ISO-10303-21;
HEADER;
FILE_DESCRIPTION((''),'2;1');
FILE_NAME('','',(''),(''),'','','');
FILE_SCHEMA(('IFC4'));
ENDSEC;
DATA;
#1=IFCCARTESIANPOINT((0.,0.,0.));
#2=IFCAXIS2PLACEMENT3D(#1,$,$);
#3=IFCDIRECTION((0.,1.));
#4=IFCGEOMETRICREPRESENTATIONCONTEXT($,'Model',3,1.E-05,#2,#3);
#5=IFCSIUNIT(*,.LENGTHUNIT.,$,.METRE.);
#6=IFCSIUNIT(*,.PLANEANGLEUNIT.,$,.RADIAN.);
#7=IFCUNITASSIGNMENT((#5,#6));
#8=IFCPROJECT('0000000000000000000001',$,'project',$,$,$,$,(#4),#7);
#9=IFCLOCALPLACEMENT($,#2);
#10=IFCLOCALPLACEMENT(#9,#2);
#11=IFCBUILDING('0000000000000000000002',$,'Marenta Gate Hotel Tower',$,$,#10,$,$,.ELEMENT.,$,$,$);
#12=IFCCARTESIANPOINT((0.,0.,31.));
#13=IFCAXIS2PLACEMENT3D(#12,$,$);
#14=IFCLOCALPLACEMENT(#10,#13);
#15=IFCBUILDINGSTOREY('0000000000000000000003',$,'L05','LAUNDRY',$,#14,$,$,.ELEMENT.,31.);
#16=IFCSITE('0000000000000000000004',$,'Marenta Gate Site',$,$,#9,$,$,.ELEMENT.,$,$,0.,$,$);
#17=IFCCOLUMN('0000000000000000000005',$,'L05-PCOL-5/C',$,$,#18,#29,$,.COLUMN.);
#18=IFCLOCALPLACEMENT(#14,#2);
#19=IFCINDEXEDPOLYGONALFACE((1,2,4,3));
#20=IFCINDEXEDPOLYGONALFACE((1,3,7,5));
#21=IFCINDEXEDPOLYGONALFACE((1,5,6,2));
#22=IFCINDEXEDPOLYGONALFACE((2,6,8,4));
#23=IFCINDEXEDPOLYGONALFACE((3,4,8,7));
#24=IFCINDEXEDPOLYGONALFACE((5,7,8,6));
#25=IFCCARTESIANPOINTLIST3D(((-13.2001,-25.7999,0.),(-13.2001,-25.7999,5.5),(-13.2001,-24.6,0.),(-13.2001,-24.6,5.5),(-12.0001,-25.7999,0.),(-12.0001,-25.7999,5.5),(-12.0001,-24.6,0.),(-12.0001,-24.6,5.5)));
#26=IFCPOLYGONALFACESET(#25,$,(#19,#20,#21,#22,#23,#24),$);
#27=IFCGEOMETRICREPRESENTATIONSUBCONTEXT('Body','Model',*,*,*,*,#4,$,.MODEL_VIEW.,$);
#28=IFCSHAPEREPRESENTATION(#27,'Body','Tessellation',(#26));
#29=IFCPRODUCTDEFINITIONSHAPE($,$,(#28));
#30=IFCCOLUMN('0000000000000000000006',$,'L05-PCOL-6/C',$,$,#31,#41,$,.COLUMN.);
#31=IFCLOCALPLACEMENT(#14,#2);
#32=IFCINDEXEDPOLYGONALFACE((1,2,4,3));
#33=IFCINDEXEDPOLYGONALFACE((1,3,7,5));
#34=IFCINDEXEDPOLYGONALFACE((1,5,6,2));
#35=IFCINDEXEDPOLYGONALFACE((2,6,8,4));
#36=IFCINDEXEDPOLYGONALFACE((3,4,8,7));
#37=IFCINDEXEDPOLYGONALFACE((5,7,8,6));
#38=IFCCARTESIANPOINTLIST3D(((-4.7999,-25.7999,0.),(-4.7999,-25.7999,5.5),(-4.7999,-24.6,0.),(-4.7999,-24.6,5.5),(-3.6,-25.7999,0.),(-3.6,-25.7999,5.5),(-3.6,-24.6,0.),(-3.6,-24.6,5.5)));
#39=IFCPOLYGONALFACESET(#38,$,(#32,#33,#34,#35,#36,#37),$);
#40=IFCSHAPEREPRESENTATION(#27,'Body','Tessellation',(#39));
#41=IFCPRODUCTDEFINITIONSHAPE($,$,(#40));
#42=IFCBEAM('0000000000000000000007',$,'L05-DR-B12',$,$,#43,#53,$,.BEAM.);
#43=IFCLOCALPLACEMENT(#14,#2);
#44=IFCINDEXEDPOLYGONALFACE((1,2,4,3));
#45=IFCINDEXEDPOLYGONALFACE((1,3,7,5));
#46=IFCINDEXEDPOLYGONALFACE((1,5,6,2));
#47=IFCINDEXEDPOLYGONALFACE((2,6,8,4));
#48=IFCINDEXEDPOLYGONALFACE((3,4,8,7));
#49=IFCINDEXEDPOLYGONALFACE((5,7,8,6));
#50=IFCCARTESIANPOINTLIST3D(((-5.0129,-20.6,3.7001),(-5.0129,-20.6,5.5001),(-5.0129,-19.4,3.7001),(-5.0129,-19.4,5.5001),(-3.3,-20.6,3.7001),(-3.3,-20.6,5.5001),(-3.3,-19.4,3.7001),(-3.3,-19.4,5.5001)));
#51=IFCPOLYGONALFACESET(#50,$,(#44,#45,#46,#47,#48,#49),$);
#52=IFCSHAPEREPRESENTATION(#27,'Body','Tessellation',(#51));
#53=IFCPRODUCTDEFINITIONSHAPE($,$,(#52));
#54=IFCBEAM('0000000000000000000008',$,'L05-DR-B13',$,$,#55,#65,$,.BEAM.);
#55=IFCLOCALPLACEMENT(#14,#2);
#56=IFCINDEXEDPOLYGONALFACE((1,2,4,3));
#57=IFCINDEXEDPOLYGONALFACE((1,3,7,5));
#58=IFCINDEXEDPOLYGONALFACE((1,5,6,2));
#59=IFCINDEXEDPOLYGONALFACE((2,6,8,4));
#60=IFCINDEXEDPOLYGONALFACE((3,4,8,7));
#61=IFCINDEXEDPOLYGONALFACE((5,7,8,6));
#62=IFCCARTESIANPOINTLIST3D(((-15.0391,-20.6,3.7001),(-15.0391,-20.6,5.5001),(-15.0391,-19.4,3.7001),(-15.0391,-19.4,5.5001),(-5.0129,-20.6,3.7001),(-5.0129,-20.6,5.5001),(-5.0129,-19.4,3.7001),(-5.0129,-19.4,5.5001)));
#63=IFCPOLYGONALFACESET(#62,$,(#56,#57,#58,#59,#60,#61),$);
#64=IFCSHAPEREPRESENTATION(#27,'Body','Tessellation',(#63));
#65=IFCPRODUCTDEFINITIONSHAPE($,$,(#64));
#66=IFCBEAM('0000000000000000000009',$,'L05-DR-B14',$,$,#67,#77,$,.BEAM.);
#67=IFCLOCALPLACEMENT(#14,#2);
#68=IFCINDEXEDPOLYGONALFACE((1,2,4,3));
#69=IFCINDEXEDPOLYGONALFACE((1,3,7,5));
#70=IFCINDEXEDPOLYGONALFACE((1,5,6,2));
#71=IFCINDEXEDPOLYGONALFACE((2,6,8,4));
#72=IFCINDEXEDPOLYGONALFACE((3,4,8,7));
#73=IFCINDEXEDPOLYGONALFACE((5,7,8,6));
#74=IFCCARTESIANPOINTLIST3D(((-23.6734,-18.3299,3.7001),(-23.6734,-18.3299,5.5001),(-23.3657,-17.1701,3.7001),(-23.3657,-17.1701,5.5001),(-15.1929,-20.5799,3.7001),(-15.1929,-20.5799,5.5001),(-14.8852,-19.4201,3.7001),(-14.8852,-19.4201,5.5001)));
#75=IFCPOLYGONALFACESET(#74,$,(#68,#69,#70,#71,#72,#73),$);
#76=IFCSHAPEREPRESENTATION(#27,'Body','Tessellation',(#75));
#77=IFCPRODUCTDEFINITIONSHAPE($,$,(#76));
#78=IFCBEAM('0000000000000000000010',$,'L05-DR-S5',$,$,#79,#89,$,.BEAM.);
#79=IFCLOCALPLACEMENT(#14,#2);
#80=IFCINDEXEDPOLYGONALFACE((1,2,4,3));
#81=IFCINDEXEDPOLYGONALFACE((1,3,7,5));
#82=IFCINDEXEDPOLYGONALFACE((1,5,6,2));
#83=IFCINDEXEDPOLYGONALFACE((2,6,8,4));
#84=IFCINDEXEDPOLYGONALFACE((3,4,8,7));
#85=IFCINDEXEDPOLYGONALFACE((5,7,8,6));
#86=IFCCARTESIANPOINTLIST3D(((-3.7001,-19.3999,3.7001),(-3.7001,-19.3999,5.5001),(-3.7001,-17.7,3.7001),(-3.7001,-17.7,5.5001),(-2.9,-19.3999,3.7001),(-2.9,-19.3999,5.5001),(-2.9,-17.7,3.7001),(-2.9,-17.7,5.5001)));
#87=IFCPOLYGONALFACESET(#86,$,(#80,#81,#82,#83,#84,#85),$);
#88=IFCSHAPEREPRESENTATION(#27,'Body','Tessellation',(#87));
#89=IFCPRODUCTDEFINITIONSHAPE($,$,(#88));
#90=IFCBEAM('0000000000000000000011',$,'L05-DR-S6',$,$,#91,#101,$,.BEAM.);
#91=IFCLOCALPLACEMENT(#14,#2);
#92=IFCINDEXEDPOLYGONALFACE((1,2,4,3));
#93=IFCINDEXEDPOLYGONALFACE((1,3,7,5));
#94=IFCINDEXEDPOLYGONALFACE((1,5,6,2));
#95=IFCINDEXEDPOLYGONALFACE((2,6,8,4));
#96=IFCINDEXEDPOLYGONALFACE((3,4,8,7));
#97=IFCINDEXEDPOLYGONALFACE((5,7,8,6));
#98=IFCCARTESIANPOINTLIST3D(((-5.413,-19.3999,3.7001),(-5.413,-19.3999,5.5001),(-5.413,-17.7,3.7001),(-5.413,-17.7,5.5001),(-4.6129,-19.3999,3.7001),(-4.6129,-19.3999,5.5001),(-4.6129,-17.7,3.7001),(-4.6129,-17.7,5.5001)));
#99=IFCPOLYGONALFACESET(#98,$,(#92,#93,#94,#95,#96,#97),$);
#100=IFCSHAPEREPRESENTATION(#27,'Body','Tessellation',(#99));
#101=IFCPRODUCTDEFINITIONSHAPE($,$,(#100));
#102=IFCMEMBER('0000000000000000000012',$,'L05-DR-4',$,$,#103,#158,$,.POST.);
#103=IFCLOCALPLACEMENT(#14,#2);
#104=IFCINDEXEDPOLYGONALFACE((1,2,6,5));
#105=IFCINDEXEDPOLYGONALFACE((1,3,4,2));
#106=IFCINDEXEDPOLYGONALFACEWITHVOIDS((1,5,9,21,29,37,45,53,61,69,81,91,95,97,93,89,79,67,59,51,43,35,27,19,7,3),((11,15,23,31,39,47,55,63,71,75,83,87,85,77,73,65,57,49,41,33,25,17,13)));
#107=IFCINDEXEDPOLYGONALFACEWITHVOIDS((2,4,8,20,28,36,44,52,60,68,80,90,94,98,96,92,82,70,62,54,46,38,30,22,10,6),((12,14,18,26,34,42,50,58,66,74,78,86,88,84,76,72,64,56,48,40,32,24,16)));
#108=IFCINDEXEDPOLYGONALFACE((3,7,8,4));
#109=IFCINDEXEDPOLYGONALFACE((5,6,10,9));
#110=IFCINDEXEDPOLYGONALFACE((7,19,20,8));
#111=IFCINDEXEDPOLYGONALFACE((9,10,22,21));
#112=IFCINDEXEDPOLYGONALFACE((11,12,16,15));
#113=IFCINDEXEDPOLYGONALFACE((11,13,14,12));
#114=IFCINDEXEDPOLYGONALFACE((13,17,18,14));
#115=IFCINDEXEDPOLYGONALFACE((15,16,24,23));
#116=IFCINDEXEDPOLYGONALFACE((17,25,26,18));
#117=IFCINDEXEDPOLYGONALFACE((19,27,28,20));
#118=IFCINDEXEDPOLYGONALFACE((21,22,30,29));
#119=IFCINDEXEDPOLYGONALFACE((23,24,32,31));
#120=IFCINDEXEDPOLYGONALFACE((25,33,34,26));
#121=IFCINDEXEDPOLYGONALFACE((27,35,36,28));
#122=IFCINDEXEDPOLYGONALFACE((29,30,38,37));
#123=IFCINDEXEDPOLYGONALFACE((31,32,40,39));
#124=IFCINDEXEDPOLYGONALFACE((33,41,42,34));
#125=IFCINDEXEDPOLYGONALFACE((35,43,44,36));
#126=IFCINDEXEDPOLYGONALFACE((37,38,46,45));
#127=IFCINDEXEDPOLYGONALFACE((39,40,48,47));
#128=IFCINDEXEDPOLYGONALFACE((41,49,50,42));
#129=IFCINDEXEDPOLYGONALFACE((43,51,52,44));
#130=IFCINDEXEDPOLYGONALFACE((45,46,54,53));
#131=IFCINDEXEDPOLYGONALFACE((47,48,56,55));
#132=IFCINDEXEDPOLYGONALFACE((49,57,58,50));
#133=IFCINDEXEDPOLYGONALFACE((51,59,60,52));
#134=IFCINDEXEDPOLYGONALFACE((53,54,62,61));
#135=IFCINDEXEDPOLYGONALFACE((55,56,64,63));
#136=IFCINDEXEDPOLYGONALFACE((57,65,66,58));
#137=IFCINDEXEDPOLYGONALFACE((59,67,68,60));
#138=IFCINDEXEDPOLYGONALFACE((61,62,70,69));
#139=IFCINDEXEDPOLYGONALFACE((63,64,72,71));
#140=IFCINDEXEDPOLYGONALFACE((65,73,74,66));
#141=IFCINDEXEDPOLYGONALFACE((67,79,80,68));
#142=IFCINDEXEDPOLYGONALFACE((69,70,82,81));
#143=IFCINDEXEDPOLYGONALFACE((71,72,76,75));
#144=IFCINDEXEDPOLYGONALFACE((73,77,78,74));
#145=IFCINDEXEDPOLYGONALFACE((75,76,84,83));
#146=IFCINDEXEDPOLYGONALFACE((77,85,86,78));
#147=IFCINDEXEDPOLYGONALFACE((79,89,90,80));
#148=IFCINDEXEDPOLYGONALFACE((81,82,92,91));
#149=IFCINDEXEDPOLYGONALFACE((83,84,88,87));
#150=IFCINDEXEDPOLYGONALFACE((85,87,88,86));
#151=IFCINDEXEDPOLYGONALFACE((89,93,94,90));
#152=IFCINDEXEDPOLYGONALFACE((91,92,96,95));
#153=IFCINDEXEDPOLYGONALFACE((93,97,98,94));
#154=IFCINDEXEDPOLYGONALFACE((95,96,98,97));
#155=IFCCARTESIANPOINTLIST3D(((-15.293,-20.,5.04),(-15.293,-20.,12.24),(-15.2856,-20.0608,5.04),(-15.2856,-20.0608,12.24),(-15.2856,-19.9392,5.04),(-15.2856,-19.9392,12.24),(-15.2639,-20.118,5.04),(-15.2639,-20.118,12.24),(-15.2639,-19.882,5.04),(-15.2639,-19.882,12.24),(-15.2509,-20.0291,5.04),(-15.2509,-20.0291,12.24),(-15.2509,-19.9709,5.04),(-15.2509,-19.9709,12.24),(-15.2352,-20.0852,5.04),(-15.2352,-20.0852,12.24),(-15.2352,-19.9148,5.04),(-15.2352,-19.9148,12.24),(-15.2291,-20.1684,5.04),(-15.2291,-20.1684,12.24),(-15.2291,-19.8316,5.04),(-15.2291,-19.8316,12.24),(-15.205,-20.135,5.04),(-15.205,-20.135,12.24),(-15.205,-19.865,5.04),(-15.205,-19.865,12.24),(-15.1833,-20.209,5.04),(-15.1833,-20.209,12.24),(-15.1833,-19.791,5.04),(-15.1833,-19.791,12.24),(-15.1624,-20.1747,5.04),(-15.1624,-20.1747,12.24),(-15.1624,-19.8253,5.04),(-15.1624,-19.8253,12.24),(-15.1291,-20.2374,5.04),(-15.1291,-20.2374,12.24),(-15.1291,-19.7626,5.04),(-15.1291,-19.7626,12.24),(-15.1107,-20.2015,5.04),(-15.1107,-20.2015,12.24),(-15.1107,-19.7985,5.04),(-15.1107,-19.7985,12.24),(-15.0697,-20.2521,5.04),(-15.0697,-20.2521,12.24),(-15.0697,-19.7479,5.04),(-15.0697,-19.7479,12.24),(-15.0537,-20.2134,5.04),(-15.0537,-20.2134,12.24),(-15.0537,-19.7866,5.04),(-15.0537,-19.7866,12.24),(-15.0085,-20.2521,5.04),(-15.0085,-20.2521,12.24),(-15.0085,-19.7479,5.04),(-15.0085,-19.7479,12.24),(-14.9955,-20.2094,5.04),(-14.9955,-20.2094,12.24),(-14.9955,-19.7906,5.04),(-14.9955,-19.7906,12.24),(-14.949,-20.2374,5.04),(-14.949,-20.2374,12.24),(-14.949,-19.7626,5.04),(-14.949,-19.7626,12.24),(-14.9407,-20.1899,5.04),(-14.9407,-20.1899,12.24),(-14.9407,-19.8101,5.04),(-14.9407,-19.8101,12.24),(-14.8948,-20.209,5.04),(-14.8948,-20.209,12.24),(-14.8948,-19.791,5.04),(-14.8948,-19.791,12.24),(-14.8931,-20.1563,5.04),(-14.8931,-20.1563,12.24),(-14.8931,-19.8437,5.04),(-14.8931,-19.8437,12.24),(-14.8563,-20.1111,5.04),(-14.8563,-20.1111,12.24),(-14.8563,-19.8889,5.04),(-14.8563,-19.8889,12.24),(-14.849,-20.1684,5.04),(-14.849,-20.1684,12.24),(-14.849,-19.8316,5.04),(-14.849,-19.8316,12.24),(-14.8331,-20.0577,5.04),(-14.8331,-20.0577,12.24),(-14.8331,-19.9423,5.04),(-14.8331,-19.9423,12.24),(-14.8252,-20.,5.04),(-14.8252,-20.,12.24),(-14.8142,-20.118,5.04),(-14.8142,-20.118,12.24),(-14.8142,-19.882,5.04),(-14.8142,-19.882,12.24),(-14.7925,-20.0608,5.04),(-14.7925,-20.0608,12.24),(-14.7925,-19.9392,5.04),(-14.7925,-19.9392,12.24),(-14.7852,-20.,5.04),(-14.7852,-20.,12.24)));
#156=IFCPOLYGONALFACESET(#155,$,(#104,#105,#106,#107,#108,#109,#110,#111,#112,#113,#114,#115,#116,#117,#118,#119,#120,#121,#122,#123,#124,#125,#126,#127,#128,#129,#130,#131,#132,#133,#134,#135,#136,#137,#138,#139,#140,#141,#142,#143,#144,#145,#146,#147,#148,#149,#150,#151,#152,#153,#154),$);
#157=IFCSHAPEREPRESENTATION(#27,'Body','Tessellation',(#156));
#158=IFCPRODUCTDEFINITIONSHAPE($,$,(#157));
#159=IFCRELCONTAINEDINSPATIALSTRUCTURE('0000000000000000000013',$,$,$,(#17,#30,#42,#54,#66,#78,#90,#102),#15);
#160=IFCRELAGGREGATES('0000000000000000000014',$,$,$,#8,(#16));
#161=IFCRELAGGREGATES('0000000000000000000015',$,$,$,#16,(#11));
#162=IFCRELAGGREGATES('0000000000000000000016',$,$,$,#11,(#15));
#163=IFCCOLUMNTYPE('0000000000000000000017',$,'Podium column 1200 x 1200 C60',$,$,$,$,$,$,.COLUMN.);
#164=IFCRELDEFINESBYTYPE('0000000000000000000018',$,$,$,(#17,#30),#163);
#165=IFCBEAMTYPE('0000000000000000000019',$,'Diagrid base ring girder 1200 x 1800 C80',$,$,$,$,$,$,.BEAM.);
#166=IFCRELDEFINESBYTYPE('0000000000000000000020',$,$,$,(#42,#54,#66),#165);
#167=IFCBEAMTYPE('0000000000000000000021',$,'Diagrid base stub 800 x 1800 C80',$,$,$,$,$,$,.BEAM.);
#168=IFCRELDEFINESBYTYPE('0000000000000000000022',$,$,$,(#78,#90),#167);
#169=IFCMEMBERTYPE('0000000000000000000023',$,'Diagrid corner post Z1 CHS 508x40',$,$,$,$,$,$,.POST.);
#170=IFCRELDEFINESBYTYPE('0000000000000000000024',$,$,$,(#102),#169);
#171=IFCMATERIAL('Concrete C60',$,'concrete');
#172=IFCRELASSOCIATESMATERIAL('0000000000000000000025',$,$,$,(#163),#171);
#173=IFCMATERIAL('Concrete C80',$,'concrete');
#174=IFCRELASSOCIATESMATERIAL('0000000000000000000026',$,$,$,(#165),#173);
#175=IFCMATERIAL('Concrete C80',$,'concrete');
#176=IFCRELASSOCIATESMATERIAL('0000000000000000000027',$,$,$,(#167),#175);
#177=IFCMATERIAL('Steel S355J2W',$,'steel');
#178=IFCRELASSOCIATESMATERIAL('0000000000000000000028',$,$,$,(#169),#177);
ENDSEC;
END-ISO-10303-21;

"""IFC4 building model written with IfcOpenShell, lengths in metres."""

from ifc_helpers import new_model, si_unit, direction, frame, origin, origin_2d, place, context, subcontext, project, spatial, rectangle, hollow_circle, extrude, material, material_profile, profile_set, type_object, element, save


model = new_model("IFC4")

# Units and contexts
model_context = context("Model", 3, precision=1e-05, world=origin(), true_north=direction((0.0, 1.0)))
body_context = subcontext(model_context, "Body", "Model", "MODEL_VIEW")
ifc_project = project(units=[si_unit("LENGTHUNIT", "METRE"), si_unit("PLANEANGLEUNIT", "RADIAN")], contexts=[model_context])

# Site, building, storey
site_placement = place(None, origin())
site = spatial("IfcSite", under=ifc_project, at=site_placement, Name="Marenta Gate Site", CompositionType="ELEMENT", RefElevation=0.0)
building_placement = place(site_placement, origin())
building = spatial("IfcBuilding", under=site, at=building_placement, Name="Marenta Gate Hotel Tower", CompositionType="ELEMENT")
storey_placement = place(building_placement, frame((0.0, 0.0, 31.0)))
storey = spatial("IfcBuildingStorey", under=building, at=storey_placement, Name="L05", Description="LAUNDRY", CompositionType="ELEMENT", Elevation=31.0)

# Columns
ifc_material_1 = material(Name="Concrete C60", Category="concrete")
ifc_material_profile_1 = material_profile(ifc_material_1, rectangle(XDim=1.2, YDim=1.2, at=origin_2d()), Name="1200 x 1200")
ifc_profile_set_1 = profile_set([ifc_material_profile_1], Name="Concrete C60")
column_type = type_object("IfcColumnType", Name="Podium column 1200 x 1200 C60", PredefinedType="COLUMN", material=ifc_profile_set_1)
for number, where, z_axis, x_axis, name in (
    (1, (-12.6001, -25.2, 0.0), (0.0, 0.0, 1.0), (1.0, 0.0, 0.0), "L05-PCOL-5/C"),
    (2, (-4.2, -25.2, 0.0), (0.0, 0.0, 1.0), (1.0, 0.0, 0.0), "L05-PCOL-6/C"),
):
    element("IfcColumn", number, at=place(storey_placement, frame(where, z_axis=z_axis, x_axis=x_axis)), inside=storey, type_object=column_type, Name=name, PredefinedType="COLUMN", context=body_context, shape_type="SweptSolid", body=[
        extrude(rectangle(XDim=1.2, YDim=1.2, at=origin_2d()), origin(), (0.0, 0.0, 1.0), 5.5),
    ])

# Beams
ifc_material_2 = material(Name="Concrete C80", Category="concrete")
ifc_material_profile_2 = material_profile(ifc_material_2, rectangle(XDim=1.2, YDim=1.8, at=origin_2d()), Name="1200 x 1800")
ifc_profile_set_2 = profile_set([ifc_material_profile_2], Name="Concrete C80")
beam_type_1 = type_object("IfcBeamType", Name="Diagrid base ring girder 1200 x 1800 C80", PredefinedType="BEAM", material=ifc_profile_set_2)
beam_1_placement = place(storey_placement, frame((-3.3, -20.0, 4.6001), z_axis=(-1.0, 0.0, 0.0), x_axis=(0.0, -1.0, 0.0)))
element("IfcBeam", 3, at=beam_1_placement, inside=storey, type_object=beam_type_1, Name="L05-DR-B12", PredefinedType="BEAM", context=body_context, shape_type="SweptSolid", body=[
    extrude(rectangle(XDim=1.2, YDim=1.8, at=origin_2d()), origin(), (0.0, 0.0, 1.0), 1.7129),
])
beam_2_placement = place(storey_placement, frame((-5.0129, -20.0, 4.6001), z_axis=(-1.0, 0.0, 0.0), x_axis=(0.0, -1.0, 0.0)))
element("IfcBeam", 4, at=beam_2_placement, inside=storey, type_object=beam_type_1, Name="L05-DR-B13", PredefinedType="BEAM", context=body_context, shape_type="SweptSolid", body=[
    extrude(rectangle(XDim=1.2, YDim=1.8, at=origin_2d()), origin(), (0.0, 0.0, 1.0), 10.0261),
])
beam_3_placement = place(storey_placement, frame((-15.0391, -20.0, 4.6001), z_axis=(-0.966559, 0.256443, 0.0), x_axis=(-0.256443, -0.966559, 0.0)))
element("IfcBeam", 5, at=beam_3_placement, inside=storey, type_object=beam_type_1, Name="L05-DR-B14", PredefinedType="BEAM", context=body_context, shape_type="SweptSolid", body=[
    extrude(rectangle(XDim=1.2, YDim=1.8, at=origin_2d()), origin(), (0.0, 0.0, 1.0), 8.7739),
])
ifc_material_3 = material(Name="Concrete C80", Category="concrete")
ifc_material_profile_3 = material_profile(ifc_material_3, rectangle(XDim=0.8, YDim=1.8, at=origin_2d()), Name="800 x 1800")
ifc_profile_set_3 = profile_set([ifc_material_profile_3], Name="Concrete C80")
beam_type_2 = type_object("IfcBeamType", Name="Diagrid base stub 800 x 1800 C80", PredefinedType="BEAM", material=ifc_profile_set_3)
for number, where, z_axis, x_axis, name in (
    (6, (-3.3, -17.7, 4.6001), (0.0, -1.0, 0.0), (1.0, 0.0, 0.0), "L05-DR-S5"),
    (7, (-5.0129, -17.7, 4.6001), (0.0, -1.0, 0.0), (1.0, 0.0, 0.0), "L05-DR-S6"),
):
    element("IfcBeam", number, at=place(storey_placement, frame(where, z_axis=z_axis, x_axis=x_axis)), inside=storey, type_object=beam_type_2, Name=name, PredefinedType="BEAM", context=body_context, shape_type="SweptSolid", body=[
        extrude(rectangle(XDim=0.8, YDim=1.8, at=origin_2d()), origin(), (0.0, 0.0, 1.0), 1.7),
    ])

# Member
ifc_material_4 = material(Name="Steel S355J2W", Category="steel")
ifc_material_profile_4 = material_profile(ifc_material_4, hollow_circle(Radius=0.2539, WallThickness=0.04, at=origin_2d()), Name="CHS 508x40")
ifc_profile_set_4 = profile_set([ifc_material_profile_4], Name="Steel S355J2W")
member_type_1 = type_object("IfcMemberType", Name="Diagrid corner post Z1 CHS 508x40", PredefinedType="POST", material=ifc_profile_set_4)
member_1_placement = place(storey_placement, frame((-15.0391, -20.0, 5.04), z_axis=(0.0, 0.0, 1.0), x_axis=(1.0, 0.0, 0.0)))
element("IfcMember", 8, at=member_1_placement, inside=storey, type_object=member_type_1, Name="L05-DR-4", PredefinedType="POST", context=body_context, shape_type="SweptSolid", body=[
    extrude(hollow_circle(Radius=0.2539, WallThickness=0.04, at=origin_2d()), origin(), (0.0, 0.0, 1.0), 7.2),
])

save(model, "model.ifc")
